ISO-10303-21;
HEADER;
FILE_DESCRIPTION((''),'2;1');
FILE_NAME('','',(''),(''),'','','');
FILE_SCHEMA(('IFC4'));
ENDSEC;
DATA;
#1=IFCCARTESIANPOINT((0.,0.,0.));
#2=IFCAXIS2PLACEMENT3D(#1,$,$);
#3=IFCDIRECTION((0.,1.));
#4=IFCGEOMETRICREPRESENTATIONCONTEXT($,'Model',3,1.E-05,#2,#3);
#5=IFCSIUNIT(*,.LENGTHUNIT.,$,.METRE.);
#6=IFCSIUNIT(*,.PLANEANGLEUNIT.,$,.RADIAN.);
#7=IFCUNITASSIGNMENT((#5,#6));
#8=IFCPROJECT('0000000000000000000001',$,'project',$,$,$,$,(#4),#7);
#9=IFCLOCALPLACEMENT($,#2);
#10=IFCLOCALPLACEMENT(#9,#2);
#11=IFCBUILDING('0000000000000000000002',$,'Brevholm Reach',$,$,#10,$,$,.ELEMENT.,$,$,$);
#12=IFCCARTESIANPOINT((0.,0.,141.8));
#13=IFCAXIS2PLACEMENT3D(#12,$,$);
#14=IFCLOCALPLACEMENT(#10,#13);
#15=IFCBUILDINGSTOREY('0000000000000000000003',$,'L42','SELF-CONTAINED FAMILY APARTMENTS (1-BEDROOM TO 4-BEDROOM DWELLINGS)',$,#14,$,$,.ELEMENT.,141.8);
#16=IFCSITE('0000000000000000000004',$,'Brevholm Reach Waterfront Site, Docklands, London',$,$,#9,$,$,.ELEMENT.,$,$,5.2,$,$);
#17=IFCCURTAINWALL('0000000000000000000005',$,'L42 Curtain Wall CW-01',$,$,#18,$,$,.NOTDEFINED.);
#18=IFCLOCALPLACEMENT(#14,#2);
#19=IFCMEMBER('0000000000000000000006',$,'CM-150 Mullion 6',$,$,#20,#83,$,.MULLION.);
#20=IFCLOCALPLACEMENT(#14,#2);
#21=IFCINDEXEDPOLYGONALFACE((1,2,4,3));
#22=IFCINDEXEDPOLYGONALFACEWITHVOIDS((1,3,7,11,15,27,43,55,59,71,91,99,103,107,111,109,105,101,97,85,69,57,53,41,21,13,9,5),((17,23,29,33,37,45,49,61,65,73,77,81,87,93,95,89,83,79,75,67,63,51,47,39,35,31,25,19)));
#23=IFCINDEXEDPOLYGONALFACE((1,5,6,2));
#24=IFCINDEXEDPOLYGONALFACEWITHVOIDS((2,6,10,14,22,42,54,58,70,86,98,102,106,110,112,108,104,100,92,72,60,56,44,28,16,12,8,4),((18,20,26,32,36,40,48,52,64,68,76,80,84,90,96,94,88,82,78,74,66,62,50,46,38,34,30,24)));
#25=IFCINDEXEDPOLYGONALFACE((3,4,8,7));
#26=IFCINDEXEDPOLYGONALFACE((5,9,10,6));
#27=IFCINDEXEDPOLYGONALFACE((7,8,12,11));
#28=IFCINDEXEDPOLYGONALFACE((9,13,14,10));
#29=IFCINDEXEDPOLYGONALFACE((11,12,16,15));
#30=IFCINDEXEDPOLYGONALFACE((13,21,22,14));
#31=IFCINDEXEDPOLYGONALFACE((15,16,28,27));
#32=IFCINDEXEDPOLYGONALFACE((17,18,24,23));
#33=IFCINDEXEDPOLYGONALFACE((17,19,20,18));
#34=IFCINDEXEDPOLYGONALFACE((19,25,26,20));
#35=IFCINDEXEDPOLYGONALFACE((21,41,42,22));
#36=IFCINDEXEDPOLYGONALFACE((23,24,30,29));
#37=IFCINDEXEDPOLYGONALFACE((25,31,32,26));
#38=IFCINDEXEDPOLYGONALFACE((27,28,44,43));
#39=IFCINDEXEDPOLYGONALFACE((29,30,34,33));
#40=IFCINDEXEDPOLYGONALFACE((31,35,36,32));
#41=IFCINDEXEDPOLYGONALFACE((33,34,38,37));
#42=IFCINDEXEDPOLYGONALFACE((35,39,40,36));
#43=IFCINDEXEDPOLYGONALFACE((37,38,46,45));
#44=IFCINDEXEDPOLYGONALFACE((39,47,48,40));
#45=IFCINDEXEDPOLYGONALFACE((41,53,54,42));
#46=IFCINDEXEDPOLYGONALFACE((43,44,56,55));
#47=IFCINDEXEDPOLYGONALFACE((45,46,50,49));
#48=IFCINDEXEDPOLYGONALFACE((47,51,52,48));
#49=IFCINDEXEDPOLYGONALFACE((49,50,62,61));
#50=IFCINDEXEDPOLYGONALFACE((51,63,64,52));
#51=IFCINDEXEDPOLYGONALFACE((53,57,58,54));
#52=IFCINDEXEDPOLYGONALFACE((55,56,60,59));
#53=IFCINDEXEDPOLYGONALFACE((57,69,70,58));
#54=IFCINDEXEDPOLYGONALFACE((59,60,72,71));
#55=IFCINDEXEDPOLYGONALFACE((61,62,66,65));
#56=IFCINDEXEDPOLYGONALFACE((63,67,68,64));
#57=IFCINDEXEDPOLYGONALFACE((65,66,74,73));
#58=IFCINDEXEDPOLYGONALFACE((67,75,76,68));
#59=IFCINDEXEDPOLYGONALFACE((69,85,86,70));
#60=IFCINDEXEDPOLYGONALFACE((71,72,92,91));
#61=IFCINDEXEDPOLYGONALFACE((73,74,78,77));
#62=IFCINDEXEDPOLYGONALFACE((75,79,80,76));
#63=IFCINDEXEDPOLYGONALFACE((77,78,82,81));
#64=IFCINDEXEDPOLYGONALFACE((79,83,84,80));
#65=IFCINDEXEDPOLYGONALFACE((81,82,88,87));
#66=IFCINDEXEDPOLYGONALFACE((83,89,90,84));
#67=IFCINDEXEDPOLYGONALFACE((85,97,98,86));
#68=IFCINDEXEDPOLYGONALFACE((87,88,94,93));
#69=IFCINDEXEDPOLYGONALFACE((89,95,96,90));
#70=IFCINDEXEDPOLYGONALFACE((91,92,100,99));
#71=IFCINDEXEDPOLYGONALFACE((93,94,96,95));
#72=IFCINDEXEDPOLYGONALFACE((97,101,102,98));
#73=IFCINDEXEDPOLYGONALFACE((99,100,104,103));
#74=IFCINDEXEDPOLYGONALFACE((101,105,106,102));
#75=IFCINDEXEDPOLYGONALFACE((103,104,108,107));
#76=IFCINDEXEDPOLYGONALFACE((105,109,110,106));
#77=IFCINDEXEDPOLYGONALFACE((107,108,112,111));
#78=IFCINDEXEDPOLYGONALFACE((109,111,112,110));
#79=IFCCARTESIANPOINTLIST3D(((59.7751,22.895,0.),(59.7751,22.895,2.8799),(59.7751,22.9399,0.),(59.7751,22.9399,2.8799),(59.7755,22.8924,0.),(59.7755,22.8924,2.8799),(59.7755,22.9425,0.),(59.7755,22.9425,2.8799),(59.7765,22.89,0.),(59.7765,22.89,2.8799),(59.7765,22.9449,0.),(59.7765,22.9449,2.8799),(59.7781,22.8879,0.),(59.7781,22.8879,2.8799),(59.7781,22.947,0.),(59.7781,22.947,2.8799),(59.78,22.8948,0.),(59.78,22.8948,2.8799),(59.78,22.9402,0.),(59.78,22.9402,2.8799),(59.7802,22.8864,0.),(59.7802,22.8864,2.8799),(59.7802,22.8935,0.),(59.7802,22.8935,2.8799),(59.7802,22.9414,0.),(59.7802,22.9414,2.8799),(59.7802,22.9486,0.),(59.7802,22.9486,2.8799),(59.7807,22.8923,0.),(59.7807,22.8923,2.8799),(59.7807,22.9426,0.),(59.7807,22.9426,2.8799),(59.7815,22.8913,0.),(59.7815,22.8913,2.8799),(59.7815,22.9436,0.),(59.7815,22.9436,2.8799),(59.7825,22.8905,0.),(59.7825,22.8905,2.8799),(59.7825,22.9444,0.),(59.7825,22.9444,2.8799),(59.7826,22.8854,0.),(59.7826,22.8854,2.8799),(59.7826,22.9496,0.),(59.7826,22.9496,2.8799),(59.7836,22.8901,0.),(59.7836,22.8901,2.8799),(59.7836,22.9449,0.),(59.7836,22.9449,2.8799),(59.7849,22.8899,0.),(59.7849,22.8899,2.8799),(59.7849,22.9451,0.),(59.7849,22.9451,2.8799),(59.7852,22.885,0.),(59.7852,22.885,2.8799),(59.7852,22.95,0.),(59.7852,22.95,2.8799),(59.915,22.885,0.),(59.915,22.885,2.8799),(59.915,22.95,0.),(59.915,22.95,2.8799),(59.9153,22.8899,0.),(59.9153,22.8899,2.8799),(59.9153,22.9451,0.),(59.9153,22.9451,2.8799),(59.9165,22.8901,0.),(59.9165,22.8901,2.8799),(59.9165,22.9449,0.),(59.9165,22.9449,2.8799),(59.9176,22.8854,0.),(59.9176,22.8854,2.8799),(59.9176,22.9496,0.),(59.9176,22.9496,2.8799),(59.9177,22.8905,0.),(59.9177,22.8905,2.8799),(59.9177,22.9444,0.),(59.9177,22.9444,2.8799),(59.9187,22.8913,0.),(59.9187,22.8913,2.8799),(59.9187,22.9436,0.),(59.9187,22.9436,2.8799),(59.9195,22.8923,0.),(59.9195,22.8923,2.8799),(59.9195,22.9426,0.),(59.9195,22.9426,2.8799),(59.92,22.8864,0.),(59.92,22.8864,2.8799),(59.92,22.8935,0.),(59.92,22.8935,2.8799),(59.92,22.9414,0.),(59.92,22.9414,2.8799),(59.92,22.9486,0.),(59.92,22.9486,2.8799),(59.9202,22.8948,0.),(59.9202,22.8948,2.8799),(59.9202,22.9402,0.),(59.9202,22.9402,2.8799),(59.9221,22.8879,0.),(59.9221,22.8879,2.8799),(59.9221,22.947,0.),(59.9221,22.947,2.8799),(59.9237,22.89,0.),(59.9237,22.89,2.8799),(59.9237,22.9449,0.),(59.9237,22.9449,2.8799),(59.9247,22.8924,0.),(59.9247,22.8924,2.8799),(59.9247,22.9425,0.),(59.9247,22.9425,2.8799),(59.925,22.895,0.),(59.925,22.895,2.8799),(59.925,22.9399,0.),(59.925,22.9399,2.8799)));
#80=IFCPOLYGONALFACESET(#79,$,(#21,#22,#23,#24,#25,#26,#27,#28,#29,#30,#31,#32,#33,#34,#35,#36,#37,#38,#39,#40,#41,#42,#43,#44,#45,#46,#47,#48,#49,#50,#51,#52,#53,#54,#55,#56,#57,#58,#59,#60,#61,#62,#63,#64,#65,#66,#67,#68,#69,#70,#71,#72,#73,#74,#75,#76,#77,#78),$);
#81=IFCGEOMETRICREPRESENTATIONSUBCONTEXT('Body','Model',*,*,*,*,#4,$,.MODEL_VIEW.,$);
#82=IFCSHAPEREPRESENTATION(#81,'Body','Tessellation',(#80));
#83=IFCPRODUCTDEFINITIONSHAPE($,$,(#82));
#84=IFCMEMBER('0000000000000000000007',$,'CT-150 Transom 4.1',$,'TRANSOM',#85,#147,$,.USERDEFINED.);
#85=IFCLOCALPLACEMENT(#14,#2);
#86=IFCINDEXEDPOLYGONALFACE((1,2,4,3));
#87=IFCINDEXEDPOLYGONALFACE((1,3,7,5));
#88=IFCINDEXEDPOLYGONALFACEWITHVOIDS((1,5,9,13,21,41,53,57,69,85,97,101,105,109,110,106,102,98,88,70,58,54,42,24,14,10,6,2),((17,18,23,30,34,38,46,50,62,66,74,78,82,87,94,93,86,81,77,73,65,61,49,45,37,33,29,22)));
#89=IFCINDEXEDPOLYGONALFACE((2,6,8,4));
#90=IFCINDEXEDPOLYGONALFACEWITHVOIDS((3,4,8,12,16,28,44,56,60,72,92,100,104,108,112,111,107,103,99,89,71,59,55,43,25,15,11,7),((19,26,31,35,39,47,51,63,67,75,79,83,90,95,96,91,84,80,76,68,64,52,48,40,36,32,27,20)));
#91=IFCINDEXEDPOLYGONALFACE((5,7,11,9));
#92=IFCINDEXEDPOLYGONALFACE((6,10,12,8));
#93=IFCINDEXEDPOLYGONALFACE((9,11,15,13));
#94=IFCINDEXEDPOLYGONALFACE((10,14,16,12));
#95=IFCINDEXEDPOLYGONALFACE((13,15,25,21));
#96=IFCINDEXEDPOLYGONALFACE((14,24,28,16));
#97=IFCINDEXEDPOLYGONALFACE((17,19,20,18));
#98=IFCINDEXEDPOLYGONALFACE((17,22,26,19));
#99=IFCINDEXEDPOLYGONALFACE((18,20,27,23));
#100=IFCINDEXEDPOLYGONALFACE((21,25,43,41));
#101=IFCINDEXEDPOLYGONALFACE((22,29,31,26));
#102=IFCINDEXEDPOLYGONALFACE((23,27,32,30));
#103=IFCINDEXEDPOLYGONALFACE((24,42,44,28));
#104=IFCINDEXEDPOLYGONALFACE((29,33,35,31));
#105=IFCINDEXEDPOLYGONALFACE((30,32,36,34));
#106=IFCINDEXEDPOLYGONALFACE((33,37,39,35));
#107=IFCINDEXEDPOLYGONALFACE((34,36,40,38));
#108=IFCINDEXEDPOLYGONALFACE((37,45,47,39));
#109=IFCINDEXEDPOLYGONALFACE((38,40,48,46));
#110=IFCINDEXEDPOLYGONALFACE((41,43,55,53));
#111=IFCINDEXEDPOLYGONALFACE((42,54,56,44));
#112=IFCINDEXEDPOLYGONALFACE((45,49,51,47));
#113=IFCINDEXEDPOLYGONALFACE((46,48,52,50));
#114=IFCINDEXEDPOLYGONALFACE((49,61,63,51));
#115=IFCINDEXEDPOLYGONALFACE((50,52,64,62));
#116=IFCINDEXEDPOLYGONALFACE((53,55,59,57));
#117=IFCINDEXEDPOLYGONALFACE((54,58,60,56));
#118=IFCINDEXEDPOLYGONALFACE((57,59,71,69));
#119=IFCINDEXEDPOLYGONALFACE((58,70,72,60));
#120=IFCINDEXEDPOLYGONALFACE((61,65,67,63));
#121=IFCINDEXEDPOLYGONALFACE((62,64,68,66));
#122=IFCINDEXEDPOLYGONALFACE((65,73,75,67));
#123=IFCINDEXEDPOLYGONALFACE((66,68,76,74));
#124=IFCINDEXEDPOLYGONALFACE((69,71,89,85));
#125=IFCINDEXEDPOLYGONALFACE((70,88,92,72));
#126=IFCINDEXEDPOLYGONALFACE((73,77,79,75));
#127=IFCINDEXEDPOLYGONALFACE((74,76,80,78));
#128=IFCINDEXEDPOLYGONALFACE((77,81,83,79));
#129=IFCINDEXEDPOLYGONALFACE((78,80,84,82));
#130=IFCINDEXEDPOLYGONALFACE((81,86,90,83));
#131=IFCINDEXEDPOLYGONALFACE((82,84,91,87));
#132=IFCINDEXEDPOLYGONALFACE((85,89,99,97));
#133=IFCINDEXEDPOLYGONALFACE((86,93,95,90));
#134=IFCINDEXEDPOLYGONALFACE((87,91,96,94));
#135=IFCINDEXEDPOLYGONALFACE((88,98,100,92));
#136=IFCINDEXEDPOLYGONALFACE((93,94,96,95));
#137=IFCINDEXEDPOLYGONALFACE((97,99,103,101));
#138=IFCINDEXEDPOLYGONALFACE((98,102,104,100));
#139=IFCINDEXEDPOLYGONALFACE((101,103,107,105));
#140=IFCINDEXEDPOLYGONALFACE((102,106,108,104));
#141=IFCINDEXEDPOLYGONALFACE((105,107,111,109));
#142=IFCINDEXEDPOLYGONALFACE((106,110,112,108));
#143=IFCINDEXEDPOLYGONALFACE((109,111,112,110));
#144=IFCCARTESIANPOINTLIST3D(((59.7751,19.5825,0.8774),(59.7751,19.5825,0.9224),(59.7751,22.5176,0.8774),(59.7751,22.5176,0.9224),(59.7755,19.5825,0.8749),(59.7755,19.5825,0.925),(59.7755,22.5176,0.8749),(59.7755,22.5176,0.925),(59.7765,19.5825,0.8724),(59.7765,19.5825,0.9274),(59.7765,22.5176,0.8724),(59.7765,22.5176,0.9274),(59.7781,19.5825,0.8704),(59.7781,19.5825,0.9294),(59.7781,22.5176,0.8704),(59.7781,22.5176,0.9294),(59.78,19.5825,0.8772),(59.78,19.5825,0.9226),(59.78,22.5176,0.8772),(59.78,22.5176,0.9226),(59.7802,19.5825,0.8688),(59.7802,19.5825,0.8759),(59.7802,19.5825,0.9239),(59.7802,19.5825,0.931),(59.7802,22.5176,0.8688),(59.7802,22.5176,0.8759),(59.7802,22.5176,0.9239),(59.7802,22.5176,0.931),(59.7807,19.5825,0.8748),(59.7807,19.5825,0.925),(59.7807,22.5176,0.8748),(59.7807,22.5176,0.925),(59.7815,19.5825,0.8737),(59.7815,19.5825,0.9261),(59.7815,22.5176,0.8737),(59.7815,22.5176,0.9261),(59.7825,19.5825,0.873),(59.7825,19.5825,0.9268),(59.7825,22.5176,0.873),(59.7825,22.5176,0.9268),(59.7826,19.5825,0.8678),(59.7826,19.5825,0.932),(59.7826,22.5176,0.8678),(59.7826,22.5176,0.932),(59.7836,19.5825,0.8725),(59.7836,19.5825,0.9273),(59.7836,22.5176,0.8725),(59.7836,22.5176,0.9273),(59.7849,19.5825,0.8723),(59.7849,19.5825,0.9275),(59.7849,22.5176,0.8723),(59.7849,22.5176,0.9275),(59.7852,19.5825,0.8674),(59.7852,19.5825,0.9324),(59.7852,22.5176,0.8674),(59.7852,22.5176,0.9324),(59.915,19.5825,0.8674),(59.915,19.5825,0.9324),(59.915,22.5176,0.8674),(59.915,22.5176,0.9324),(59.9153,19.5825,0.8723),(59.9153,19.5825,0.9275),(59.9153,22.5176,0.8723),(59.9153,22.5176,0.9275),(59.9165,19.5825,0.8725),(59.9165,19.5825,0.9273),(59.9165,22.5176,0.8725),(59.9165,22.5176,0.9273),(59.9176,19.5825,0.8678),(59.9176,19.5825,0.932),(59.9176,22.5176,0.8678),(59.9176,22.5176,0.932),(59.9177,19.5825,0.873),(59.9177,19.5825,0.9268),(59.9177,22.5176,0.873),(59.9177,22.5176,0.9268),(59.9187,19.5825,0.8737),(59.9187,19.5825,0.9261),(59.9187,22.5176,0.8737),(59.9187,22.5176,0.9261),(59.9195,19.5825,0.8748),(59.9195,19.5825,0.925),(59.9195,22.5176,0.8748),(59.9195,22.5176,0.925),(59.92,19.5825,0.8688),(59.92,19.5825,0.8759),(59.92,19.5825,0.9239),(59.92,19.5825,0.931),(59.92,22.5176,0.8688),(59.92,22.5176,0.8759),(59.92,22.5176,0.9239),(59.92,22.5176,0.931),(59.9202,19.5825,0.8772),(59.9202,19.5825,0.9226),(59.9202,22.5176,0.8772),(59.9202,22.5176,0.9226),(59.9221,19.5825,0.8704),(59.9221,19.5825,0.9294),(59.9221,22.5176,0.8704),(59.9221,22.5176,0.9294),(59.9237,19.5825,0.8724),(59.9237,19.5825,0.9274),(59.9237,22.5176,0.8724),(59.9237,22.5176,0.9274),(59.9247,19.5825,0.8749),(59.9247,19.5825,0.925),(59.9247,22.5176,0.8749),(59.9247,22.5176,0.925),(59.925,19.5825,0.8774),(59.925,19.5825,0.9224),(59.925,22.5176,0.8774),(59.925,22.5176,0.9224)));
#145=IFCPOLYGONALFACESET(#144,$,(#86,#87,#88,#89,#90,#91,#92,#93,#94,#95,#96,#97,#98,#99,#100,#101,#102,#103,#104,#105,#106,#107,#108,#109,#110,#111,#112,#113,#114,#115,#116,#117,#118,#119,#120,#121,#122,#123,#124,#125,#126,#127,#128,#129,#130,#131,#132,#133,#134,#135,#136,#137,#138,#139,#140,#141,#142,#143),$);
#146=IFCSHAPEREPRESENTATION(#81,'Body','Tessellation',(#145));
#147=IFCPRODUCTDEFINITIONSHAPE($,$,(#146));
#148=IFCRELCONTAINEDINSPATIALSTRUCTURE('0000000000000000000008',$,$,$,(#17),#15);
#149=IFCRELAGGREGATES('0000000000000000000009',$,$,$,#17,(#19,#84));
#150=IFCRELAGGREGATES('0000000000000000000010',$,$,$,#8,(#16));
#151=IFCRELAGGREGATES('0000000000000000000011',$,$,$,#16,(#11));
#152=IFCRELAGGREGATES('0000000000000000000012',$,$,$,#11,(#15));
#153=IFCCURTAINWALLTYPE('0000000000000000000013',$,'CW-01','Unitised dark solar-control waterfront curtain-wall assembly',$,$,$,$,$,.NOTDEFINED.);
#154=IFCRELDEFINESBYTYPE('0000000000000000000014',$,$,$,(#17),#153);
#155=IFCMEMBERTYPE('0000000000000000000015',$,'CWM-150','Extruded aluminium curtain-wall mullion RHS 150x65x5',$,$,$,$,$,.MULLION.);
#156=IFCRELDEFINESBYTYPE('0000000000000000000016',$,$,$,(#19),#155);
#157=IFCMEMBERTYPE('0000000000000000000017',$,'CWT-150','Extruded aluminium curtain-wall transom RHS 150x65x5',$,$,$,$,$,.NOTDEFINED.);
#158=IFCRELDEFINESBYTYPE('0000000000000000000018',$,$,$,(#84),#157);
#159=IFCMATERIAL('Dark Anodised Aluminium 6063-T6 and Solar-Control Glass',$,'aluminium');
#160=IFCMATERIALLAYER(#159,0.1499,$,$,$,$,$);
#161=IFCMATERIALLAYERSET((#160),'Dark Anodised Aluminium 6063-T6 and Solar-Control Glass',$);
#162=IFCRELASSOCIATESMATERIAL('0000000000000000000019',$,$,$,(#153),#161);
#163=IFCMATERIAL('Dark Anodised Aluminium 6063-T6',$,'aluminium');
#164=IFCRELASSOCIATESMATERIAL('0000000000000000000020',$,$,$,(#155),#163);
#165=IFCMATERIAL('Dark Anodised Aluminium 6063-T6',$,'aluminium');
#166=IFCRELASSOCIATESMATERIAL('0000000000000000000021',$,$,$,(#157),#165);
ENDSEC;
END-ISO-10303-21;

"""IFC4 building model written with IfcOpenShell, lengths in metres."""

from ifc_helpers import new_model, si_unit, direction, frame, origin, origin_2d, place, context, subcontext, project, spatial, hollow_rectangle, extrude, material, layer, layer_set, material_profile, profile_set, type_object, element, aggregate, save


model = new_model("IFC4")

# Units and contexts
model_context = context("Model", 3, precision=1e-05, world=origin(), true_north=direction((0.0, 1.0)))
body_context = subcontext(model_context, "Body", "Model", "MODEL_VIEW")
ifc_project = project(units=[si_unit("LENGTHUNIT", "METRE"), si_unit("PLANEANGLEUNIT", "RADIAN")], contexts=[model_context])

# Site, building, storey
site_placement = place(None, origin())
site = spatial("IfcSite", under=ifc_project, at=site_placement, Name="Brevholm Reach Waterfront Site, Docklands, London", CompositionType="ELEMENT", RefElevation=5.2)
building_placement = place(site_placement, origin())
building = spatial("IfcBuilding", under=site, at=building_placement, Name="Brevholm Reach", CompositionType="ELEMENT")
storey_placement = place(building_placement, frame((0.0, 0.0, 141.8)))
storey = spatial("IfcBuildingStorey", under=building, at=storey_placement, Name="L42", Description="SELF-CONTAINED FAMILY APARTMENTS (1-BEDROOM TO 4-BEDROOM DWELLINGS)", CompositionType="ELEMENT", Elevation=141.8)

# Curtain wall, members
ifc_material_1 = material(Name="Dark Anodised Aluminium 6063-T6 and Solar-Control Glass", Category="aluminium")
ifc_layer_1 = layer(ifc_material_1, 0.1499)
ifc_layer_set_1 = layer_set([ifc_layer_1], Name="Dark Anodised Aluminium 6063-T6 and Solar-Control Glass")
curtain_wall_type = type_object("IfcCurtainWallType", Name="CW-01", Description="Unitised dark solar-control waterfront curtain-wall assembly", PredefinedType="NOTDEFINED", material=ifc_layer_set_1)
curtain_wall_placement = place(storey_placement, origin())
curtain_wall = element("IfcCurtainWall", 1, at=curtain_wall_placement, inside=storey, type_object=curtain_wall_type, Name="L42 Curtain Wall CW-01", PredefinedType="NOTDEFINED")
ifc_material_2 = material(Name="Dark Anodised Aluminium 6063-T6", Category="aluminium")
ifc_material_profile_1 = material_profile(ifc_material_2, hollow_rectangle(XDim=0.0649, YDim=0.1499, WallThickness=0.0049, InnerFilletRadius=0.0049, OuterFilletRadius=0.01, at=origin_2d()), Name="RHS 150x65x5")
ifc_profile_set_1 = profile_set([ifc_material_profile_1], Name="Dark Anodised Aluminium 6063-T6")
member_type_1 = type_object("IfcMemberType", Name="CWM-150", Description="Extruded aluminium curtain-wall mullion RHS 150x65x5", PredefinedType="MULLION", material=ifc_profile_set_1)
member_1_placement = place(storey_placement, frame((59.8501, 22.9175, 0.0), z_axis=(0.0, 0.0, 1.0), x_axis=(0.0, 1.0, 0.0)))
member_1 = element("IfcMember", 2, at=member_1_placement, type_object=member_type_1, Name="CM-150 Mullion 6", PredefinedType="MULLION", context=body_context, shape_type="SweptSolid", body=[
    extrude(hollow_rectangle(XDim=0.0649, YDim=0.1499, WallThickness=0.0049, InnerFilletRadius=0.0049, OuterFilletRadius=0.01, at=origin_2d()), origin(), (0.0, 0.0, 1.0), 2.8799),
])
ifc_material_3 = material(Name="Dark Anodised Aluminium 6063-T6", Category="aluminium")
ifc_material_profile_2 = material_profile(ifc_material_3, hollow_rectangle(XDim=0.0649, YDim=0.1499, WallThickness=0.0049, InnerFilletRadius=0.0049, OuterFilletRadius=0.01, at=origin_2d()), Name="RHS 150x65x5")
ifc_profile_set_2 = profile_set([ifc_material_profile_2], Name="Dark Anodised Aluminium 6063-T6")
member_type_2 = type_object("IfcMemberType", Name="CWT-150", Description="Extruded aluminium curtain-wall transom RHS 150x65x5", PredefinedType="NOTDEFINED", material=ifc_profile_set_2)
member_2_placement = place(storey_placement, frame((59.8501, 19.5825, 0.8999), z_axis=(0.0, 1.0, 0.0), x_axis=(0.0, 0.0, 1.0)))
member_2 = element("IfcMember", 3, at=member_2_placement, type_object=member_type_2, Name="CT-150 Transom 4.1", ObjectType="TRANSOM", PredefinedType="USERDEFINED", context=body_context, shape_type="SweptSolid", body=[
    extrude(hollow_rectangle(XDim=0.0649, YDim=0.1499, WallThickness=0.0049, InnerFilletRadius=0.0049, OuterFilletRadius=0.01, at=origin_2d()), origin(), (0.0, 0.0, 1.0), 2.9351),
])
aggregate(curtain_wall, [member_1, member_2])

save(model, "model.ifc")
